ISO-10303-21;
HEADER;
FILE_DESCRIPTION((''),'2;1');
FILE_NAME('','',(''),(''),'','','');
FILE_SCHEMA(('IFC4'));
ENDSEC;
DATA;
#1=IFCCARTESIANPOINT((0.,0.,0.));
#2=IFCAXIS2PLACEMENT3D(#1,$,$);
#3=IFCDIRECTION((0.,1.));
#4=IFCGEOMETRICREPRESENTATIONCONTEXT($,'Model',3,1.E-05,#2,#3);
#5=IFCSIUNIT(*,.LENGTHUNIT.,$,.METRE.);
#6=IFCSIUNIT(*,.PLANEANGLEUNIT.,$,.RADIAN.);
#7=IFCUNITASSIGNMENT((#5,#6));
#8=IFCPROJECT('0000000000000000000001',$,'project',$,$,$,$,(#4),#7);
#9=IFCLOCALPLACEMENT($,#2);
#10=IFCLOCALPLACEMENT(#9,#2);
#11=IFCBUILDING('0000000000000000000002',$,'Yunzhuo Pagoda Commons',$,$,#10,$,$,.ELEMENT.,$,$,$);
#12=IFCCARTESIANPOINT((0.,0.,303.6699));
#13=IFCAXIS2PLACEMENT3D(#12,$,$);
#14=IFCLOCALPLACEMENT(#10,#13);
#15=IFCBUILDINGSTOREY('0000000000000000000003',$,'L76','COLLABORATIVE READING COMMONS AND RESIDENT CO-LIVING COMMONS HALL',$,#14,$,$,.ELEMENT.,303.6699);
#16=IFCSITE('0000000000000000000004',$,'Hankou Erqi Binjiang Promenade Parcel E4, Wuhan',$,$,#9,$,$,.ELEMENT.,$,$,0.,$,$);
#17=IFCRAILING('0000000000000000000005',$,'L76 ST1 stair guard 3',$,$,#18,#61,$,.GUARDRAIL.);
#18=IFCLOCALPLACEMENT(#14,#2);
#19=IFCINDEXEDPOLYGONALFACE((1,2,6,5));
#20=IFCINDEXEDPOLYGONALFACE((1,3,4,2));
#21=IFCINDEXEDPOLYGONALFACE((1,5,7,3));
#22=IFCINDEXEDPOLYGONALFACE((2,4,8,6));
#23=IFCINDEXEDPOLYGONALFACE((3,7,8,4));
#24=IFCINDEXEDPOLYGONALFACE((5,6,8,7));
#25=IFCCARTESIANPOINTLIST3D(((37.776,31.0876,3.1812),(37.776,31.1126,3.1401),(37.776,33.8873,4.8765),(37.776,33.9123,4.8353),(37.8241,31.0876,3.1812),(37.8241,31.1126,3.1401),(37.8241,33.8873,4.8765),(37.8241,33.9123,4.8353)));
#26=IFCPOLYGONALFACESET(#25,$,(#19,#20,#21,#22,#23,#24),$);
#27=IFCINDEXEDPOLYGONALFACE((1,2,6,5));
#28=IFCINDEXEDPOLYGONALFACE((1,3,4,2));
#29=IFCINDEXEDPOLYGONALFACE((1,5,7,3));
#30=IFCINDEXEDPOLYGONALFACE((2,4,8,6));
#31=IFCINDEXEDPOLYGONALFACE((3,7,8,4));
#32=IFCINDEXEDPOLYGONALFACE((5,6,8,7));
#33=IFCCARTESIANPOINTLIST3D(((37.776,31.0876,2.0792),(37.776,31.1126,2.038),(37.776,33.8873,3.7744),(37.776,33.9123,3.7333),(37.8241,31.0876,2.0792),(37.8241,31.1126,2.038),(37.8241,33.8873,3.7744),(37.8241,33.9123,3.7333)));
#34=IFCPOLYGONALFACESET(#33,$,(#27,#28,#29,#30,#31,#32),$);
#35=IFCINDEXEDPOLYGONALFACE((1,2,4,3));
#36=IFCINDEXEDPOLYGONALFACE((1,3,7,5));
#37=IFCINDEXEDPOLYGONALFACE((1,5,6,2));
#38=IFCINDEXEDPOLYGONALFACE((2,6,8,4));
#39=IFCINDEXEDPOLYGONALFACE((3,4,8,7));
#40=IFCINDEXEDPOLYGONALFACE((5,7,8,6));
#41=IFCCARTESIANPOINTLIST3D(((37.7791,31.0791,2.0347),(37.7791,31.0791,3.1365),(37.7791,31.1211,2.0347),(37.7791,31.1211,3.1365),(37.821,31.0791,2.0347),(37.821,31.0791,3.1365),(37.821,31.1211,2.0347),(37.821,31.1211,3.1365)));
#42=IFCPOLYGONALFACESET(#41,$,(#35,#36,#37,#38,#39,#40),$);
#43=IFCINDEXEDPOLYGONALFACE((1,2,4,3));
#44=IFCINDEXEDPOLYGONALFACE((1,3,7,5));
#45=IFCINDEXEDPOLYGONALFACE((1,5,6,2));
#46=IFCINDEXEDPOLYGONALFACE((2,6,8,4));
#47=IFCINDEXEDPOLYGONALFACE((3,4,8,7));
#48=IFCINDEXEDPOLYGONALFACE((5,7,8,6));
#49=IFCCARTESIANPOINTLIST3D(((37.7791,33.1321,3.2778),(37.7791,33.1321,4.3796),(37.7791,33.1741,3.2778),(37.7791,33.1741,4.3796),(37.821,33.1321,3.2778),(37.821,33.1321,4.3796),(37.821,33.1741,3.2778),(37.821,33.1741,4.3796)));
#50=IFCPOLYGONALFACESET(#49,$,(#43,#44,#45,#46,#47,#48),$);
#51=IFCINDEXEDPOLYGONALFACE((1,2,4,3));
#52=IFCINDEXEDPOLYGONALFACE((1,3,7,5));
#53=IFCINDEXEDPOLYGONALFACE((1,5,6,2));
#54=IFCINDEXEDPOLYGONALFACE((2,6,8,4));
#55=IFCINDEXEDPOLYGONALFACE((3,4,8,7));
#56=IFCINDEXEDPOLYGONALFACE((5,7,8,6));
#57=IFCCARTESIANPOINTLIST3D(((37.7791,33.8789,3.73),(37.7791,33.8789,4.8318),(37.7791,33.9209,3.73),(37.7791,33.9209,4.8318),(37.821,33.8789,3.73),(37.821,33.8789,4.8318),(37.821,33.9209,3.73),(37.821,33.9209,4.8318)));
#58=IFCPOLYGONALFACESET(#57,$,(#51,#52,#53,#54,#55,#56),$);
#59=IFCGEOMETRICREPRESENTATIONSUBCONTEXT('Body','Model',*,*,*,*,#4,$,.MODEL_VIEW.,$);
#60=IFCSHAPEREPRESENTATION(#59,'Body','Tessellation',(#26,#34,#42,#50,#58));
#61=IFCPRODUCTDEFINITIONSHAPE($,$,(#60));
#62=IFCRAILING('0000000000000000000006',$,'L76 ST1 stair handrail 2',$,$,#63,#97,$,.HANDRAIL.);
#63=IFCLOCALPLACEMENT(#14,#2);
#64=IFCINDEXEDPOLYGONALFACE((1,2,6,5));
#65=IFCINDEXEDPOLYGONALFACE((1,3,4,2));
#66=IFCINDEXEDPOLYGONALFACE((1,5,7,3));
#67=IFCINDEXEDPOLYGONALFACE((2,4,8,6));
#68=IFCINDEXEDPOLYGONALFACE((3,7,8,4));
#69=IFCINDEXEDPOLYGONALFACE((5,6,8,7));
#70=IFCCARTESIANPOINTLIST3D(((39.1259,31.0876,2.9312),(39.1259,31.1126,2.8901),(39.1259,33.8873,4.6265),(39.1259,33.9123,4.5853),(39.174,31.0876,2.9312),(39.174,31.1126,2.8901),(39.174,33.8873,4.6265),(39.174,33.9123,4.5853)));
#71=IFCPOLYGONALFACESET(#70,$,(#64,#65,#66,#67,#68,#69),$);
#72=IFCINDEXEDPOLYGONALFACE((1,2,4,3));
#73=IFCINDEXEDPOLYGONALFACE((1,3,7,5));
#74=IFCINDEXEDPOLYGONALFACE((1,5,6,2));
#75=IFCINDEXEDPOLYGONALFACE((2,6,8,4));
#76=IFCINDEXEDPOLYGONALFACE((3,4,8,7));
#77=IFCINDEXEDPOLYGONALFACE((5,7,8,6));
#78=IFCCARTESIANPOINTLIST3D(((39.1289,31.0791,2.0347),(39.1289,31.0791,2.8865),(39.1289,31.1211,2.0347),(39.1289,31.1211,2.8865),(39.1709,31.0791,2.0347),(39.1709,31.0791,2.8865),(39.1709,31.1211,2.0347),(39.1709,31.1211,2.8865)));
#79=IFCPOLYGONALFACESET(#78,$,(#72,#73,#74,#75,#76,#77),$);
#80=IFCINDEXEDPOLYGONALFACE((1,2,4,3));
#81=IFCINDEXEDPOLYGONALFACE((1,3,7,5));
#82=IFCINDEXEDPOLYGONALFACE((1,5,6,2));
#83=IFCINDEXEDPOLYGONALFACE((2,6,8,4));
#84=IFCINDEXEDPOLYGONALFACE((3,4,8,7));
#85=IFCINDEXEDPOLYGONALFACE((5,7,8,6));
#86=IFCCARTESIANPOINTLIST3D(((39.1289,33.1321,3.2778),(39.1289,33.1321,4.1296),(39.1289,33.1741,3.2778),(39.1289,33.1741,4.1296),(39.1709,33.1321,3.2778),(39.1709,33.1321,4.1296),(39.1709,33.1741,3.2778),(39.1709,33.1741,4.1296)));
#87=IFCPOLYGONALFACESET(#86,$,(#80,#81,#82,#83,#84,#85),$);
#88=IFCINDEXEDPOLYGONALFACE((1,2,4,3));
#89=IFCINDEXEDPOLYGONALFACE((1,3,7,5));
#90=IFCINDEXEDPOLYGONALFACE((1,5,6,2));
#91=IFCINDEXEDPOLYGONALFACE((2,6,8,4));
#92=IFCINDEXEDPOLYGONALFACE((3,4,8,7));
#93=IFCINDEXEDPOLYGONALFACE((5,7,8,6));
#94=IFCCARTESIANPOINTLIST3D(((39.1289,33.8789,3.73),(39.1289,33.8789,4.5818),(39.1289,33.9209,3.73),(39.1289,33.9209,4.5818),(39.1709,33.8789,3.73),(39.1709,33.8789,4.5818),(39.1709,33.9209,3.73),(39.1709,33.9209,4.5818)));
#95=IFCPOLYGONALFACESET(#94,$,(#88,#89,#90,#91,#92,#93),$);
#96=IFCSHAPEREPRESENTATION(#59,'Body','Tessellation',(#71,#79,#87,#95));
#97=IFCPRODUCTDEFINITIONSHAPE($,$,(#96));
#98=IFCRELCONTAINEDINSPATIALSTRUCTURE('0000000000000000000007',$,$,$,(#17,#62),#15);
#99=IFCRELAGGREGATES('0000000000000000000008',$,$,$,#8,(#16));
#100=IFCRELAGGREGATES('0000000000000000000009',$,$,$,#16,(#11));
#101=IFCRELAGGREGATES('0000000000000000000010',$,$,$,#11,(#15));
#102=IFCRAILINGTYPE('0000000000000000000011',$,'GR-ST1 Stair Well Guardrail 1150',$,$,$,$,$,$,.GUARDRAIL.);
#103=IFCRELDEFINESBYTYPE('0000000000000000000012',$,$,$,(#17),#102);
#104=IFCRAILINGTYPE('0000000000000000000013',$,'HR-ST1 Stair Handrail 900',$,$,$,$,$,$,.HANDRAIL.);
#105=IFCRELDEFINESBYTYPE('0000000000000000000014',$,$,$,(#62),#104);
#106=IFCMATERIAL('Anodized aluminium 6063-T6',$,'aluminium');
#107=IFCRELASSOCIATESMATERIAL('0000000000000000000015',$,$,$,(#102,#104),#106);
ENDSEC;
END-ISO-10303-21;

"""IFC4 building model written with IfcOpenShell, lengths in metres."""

from ifc_helpers import new_model, si_unit, direction, frame, origin, origin_2d, place, context, subcontext, project, spatial, rectangle, extrude, material, type_object, element, save


model = new_model("IFC4")

# Units and contexts
model_context = context("Model", 3, precision=1e-05, world=origin(), true_north=direction((0.0, 1.0)))
body_context = subcontext(model_context, "Body", "Model", "MODEL_VIEW")
ifc_project = project(units=[si_unit("LENGTHUNIT", "METRE"), si_unit("PLANEANGLEUNIT", "RADIAN")], contexts=[model_context])

# Site, building, storey
site_placement = place(None, origin())
site = spatial("IfcSite", under=ifc_project, at=site_placement, Name="Hankou Erqi Binjiang Promenade Parcel E4, Wuhan", CompositionType="ELEMENT", RefElevation=0.0)
building_placement = place(site_placement, origin())
building = spatial("IfcBuilding", under=site, at=building_placement, Name="Yunzhuo Pagoda Commons", CompositionType="ELEMENT")
storey_placement = place(building_placement, frame((0.0, 0.0, 303.6699)))
storey = spatial("IfcBuildingStorey", under=building, at=storey_placement, Name="L76", Description="COLLABORATIVE READING COMMONS AND RESIDENT CO-LIVING COMMONS HALL", CompositionType="ELEMENT", Elevation=303.6699)

# Railings
ifc_material_1 = material(Name="Anodized aluminium 6063-T6", Category="aluminium")
railing_type_1 = type_object("IfcRailingType", Name="GR-ST1 Stair Well Guardrail 1150", PredefinedType="GUARDRAIL", material=ifc_material_1)
railing_1_placement = place(storey_placement, frame((37.8, 31.1001, 2.0347)))
element("IfcRailing", 1, at=railing_1_placement, inside=storey, type_object=railing_type_1, Name="L76 ST1 stair guard 3", PredefinedType="GUARDRAIL", context=body_context, shape_type="SweptSolid", body=[
    extrude(rectangle(XDim=0.0481, YDim=0.0481, at=origin_2d()), frame((0.0, 0.0, 1.126), z_axis=(0.0, 0.855406, 0.517958), x_axis=(-1.0, 0.0, 0.0)), (0.0, 0.0, 1.0), 3.2729),
    extrude(rectangle(XDim=0.0481, YDim=0.0481, at=origin_2d()), frame((0.0, 0.0, 0.0239), z_axis=(0.0, 0.855406, 0.517958), x_axis=(-1.0, 0.0, 0.0)), (0.0, 0.0, 1.0), 3.2729),
    extrude(rectangle(XDim=0.042, YDim=0.042, at=origin_2d()), origin(), (0.0, 0.0, 1.0), 1.1018),
    extrude(rectangle(XDim=0.042, YDim=0.042, at=origin_2d()), frame((0.0, 2.053, 1.2432)), (0.0, 0.0, 1.0), 1.1018),
    extrude(rectangle(XDim=0.042, YDim=0.042, at=origin_2d()), frame((0.0, 2.7998, 1.6953)), (0.0, 0.0, 1.0), 1.1018),
])
railing_type_2 = type_object("IfcRailingType", Name="HR-ST1 Stair Handrail 900", PredefinedType="HANDRAIL", material=ifc_material_1)
railing_2_placement = place(storey_placement, frame((39.1499, 31.1001, 2.0347)))
element("IfcRailing", 2, at=railing_2_placement, inside=storey, type_object=railing_type_2, Name="L76 ST1 stair handrail 2", PredefinedType="HANDRAIL", context=body_context, shape_type="SweptSolid", body=[
    extrude(rectangle(XDim=0.0481, YDim=0.0481, at=origin_2d()), frame((0.0, 0.0, 0.876), z_axis=(0.0, 0.855406, 0.517958), x_axis=(-1.0, 0.0, 0.0)), (0.0, 0.0, 1.0), 3.2729),
    extrude(rectangle(XDim=0.042, YDim=0.042, at=origin_2d()), origin(), (0.0, 0.0, 1.0), 0.8518),
    extrude(rectangle(XDim=0.042, YDim=0.042, at=origin_2d()), frame((0.0, 2.053, 1.2432)), (0.0, 0.0, 1.0), 0.8518),
    extrude(rectangle(XDim=0.042, YDim=0.042, at=origin_2d()), frame((0.0, 2.7998, 1.6953)), (0.0, 0.0, 1.0), 0.8518),
])

save(model, "model.ifc")
